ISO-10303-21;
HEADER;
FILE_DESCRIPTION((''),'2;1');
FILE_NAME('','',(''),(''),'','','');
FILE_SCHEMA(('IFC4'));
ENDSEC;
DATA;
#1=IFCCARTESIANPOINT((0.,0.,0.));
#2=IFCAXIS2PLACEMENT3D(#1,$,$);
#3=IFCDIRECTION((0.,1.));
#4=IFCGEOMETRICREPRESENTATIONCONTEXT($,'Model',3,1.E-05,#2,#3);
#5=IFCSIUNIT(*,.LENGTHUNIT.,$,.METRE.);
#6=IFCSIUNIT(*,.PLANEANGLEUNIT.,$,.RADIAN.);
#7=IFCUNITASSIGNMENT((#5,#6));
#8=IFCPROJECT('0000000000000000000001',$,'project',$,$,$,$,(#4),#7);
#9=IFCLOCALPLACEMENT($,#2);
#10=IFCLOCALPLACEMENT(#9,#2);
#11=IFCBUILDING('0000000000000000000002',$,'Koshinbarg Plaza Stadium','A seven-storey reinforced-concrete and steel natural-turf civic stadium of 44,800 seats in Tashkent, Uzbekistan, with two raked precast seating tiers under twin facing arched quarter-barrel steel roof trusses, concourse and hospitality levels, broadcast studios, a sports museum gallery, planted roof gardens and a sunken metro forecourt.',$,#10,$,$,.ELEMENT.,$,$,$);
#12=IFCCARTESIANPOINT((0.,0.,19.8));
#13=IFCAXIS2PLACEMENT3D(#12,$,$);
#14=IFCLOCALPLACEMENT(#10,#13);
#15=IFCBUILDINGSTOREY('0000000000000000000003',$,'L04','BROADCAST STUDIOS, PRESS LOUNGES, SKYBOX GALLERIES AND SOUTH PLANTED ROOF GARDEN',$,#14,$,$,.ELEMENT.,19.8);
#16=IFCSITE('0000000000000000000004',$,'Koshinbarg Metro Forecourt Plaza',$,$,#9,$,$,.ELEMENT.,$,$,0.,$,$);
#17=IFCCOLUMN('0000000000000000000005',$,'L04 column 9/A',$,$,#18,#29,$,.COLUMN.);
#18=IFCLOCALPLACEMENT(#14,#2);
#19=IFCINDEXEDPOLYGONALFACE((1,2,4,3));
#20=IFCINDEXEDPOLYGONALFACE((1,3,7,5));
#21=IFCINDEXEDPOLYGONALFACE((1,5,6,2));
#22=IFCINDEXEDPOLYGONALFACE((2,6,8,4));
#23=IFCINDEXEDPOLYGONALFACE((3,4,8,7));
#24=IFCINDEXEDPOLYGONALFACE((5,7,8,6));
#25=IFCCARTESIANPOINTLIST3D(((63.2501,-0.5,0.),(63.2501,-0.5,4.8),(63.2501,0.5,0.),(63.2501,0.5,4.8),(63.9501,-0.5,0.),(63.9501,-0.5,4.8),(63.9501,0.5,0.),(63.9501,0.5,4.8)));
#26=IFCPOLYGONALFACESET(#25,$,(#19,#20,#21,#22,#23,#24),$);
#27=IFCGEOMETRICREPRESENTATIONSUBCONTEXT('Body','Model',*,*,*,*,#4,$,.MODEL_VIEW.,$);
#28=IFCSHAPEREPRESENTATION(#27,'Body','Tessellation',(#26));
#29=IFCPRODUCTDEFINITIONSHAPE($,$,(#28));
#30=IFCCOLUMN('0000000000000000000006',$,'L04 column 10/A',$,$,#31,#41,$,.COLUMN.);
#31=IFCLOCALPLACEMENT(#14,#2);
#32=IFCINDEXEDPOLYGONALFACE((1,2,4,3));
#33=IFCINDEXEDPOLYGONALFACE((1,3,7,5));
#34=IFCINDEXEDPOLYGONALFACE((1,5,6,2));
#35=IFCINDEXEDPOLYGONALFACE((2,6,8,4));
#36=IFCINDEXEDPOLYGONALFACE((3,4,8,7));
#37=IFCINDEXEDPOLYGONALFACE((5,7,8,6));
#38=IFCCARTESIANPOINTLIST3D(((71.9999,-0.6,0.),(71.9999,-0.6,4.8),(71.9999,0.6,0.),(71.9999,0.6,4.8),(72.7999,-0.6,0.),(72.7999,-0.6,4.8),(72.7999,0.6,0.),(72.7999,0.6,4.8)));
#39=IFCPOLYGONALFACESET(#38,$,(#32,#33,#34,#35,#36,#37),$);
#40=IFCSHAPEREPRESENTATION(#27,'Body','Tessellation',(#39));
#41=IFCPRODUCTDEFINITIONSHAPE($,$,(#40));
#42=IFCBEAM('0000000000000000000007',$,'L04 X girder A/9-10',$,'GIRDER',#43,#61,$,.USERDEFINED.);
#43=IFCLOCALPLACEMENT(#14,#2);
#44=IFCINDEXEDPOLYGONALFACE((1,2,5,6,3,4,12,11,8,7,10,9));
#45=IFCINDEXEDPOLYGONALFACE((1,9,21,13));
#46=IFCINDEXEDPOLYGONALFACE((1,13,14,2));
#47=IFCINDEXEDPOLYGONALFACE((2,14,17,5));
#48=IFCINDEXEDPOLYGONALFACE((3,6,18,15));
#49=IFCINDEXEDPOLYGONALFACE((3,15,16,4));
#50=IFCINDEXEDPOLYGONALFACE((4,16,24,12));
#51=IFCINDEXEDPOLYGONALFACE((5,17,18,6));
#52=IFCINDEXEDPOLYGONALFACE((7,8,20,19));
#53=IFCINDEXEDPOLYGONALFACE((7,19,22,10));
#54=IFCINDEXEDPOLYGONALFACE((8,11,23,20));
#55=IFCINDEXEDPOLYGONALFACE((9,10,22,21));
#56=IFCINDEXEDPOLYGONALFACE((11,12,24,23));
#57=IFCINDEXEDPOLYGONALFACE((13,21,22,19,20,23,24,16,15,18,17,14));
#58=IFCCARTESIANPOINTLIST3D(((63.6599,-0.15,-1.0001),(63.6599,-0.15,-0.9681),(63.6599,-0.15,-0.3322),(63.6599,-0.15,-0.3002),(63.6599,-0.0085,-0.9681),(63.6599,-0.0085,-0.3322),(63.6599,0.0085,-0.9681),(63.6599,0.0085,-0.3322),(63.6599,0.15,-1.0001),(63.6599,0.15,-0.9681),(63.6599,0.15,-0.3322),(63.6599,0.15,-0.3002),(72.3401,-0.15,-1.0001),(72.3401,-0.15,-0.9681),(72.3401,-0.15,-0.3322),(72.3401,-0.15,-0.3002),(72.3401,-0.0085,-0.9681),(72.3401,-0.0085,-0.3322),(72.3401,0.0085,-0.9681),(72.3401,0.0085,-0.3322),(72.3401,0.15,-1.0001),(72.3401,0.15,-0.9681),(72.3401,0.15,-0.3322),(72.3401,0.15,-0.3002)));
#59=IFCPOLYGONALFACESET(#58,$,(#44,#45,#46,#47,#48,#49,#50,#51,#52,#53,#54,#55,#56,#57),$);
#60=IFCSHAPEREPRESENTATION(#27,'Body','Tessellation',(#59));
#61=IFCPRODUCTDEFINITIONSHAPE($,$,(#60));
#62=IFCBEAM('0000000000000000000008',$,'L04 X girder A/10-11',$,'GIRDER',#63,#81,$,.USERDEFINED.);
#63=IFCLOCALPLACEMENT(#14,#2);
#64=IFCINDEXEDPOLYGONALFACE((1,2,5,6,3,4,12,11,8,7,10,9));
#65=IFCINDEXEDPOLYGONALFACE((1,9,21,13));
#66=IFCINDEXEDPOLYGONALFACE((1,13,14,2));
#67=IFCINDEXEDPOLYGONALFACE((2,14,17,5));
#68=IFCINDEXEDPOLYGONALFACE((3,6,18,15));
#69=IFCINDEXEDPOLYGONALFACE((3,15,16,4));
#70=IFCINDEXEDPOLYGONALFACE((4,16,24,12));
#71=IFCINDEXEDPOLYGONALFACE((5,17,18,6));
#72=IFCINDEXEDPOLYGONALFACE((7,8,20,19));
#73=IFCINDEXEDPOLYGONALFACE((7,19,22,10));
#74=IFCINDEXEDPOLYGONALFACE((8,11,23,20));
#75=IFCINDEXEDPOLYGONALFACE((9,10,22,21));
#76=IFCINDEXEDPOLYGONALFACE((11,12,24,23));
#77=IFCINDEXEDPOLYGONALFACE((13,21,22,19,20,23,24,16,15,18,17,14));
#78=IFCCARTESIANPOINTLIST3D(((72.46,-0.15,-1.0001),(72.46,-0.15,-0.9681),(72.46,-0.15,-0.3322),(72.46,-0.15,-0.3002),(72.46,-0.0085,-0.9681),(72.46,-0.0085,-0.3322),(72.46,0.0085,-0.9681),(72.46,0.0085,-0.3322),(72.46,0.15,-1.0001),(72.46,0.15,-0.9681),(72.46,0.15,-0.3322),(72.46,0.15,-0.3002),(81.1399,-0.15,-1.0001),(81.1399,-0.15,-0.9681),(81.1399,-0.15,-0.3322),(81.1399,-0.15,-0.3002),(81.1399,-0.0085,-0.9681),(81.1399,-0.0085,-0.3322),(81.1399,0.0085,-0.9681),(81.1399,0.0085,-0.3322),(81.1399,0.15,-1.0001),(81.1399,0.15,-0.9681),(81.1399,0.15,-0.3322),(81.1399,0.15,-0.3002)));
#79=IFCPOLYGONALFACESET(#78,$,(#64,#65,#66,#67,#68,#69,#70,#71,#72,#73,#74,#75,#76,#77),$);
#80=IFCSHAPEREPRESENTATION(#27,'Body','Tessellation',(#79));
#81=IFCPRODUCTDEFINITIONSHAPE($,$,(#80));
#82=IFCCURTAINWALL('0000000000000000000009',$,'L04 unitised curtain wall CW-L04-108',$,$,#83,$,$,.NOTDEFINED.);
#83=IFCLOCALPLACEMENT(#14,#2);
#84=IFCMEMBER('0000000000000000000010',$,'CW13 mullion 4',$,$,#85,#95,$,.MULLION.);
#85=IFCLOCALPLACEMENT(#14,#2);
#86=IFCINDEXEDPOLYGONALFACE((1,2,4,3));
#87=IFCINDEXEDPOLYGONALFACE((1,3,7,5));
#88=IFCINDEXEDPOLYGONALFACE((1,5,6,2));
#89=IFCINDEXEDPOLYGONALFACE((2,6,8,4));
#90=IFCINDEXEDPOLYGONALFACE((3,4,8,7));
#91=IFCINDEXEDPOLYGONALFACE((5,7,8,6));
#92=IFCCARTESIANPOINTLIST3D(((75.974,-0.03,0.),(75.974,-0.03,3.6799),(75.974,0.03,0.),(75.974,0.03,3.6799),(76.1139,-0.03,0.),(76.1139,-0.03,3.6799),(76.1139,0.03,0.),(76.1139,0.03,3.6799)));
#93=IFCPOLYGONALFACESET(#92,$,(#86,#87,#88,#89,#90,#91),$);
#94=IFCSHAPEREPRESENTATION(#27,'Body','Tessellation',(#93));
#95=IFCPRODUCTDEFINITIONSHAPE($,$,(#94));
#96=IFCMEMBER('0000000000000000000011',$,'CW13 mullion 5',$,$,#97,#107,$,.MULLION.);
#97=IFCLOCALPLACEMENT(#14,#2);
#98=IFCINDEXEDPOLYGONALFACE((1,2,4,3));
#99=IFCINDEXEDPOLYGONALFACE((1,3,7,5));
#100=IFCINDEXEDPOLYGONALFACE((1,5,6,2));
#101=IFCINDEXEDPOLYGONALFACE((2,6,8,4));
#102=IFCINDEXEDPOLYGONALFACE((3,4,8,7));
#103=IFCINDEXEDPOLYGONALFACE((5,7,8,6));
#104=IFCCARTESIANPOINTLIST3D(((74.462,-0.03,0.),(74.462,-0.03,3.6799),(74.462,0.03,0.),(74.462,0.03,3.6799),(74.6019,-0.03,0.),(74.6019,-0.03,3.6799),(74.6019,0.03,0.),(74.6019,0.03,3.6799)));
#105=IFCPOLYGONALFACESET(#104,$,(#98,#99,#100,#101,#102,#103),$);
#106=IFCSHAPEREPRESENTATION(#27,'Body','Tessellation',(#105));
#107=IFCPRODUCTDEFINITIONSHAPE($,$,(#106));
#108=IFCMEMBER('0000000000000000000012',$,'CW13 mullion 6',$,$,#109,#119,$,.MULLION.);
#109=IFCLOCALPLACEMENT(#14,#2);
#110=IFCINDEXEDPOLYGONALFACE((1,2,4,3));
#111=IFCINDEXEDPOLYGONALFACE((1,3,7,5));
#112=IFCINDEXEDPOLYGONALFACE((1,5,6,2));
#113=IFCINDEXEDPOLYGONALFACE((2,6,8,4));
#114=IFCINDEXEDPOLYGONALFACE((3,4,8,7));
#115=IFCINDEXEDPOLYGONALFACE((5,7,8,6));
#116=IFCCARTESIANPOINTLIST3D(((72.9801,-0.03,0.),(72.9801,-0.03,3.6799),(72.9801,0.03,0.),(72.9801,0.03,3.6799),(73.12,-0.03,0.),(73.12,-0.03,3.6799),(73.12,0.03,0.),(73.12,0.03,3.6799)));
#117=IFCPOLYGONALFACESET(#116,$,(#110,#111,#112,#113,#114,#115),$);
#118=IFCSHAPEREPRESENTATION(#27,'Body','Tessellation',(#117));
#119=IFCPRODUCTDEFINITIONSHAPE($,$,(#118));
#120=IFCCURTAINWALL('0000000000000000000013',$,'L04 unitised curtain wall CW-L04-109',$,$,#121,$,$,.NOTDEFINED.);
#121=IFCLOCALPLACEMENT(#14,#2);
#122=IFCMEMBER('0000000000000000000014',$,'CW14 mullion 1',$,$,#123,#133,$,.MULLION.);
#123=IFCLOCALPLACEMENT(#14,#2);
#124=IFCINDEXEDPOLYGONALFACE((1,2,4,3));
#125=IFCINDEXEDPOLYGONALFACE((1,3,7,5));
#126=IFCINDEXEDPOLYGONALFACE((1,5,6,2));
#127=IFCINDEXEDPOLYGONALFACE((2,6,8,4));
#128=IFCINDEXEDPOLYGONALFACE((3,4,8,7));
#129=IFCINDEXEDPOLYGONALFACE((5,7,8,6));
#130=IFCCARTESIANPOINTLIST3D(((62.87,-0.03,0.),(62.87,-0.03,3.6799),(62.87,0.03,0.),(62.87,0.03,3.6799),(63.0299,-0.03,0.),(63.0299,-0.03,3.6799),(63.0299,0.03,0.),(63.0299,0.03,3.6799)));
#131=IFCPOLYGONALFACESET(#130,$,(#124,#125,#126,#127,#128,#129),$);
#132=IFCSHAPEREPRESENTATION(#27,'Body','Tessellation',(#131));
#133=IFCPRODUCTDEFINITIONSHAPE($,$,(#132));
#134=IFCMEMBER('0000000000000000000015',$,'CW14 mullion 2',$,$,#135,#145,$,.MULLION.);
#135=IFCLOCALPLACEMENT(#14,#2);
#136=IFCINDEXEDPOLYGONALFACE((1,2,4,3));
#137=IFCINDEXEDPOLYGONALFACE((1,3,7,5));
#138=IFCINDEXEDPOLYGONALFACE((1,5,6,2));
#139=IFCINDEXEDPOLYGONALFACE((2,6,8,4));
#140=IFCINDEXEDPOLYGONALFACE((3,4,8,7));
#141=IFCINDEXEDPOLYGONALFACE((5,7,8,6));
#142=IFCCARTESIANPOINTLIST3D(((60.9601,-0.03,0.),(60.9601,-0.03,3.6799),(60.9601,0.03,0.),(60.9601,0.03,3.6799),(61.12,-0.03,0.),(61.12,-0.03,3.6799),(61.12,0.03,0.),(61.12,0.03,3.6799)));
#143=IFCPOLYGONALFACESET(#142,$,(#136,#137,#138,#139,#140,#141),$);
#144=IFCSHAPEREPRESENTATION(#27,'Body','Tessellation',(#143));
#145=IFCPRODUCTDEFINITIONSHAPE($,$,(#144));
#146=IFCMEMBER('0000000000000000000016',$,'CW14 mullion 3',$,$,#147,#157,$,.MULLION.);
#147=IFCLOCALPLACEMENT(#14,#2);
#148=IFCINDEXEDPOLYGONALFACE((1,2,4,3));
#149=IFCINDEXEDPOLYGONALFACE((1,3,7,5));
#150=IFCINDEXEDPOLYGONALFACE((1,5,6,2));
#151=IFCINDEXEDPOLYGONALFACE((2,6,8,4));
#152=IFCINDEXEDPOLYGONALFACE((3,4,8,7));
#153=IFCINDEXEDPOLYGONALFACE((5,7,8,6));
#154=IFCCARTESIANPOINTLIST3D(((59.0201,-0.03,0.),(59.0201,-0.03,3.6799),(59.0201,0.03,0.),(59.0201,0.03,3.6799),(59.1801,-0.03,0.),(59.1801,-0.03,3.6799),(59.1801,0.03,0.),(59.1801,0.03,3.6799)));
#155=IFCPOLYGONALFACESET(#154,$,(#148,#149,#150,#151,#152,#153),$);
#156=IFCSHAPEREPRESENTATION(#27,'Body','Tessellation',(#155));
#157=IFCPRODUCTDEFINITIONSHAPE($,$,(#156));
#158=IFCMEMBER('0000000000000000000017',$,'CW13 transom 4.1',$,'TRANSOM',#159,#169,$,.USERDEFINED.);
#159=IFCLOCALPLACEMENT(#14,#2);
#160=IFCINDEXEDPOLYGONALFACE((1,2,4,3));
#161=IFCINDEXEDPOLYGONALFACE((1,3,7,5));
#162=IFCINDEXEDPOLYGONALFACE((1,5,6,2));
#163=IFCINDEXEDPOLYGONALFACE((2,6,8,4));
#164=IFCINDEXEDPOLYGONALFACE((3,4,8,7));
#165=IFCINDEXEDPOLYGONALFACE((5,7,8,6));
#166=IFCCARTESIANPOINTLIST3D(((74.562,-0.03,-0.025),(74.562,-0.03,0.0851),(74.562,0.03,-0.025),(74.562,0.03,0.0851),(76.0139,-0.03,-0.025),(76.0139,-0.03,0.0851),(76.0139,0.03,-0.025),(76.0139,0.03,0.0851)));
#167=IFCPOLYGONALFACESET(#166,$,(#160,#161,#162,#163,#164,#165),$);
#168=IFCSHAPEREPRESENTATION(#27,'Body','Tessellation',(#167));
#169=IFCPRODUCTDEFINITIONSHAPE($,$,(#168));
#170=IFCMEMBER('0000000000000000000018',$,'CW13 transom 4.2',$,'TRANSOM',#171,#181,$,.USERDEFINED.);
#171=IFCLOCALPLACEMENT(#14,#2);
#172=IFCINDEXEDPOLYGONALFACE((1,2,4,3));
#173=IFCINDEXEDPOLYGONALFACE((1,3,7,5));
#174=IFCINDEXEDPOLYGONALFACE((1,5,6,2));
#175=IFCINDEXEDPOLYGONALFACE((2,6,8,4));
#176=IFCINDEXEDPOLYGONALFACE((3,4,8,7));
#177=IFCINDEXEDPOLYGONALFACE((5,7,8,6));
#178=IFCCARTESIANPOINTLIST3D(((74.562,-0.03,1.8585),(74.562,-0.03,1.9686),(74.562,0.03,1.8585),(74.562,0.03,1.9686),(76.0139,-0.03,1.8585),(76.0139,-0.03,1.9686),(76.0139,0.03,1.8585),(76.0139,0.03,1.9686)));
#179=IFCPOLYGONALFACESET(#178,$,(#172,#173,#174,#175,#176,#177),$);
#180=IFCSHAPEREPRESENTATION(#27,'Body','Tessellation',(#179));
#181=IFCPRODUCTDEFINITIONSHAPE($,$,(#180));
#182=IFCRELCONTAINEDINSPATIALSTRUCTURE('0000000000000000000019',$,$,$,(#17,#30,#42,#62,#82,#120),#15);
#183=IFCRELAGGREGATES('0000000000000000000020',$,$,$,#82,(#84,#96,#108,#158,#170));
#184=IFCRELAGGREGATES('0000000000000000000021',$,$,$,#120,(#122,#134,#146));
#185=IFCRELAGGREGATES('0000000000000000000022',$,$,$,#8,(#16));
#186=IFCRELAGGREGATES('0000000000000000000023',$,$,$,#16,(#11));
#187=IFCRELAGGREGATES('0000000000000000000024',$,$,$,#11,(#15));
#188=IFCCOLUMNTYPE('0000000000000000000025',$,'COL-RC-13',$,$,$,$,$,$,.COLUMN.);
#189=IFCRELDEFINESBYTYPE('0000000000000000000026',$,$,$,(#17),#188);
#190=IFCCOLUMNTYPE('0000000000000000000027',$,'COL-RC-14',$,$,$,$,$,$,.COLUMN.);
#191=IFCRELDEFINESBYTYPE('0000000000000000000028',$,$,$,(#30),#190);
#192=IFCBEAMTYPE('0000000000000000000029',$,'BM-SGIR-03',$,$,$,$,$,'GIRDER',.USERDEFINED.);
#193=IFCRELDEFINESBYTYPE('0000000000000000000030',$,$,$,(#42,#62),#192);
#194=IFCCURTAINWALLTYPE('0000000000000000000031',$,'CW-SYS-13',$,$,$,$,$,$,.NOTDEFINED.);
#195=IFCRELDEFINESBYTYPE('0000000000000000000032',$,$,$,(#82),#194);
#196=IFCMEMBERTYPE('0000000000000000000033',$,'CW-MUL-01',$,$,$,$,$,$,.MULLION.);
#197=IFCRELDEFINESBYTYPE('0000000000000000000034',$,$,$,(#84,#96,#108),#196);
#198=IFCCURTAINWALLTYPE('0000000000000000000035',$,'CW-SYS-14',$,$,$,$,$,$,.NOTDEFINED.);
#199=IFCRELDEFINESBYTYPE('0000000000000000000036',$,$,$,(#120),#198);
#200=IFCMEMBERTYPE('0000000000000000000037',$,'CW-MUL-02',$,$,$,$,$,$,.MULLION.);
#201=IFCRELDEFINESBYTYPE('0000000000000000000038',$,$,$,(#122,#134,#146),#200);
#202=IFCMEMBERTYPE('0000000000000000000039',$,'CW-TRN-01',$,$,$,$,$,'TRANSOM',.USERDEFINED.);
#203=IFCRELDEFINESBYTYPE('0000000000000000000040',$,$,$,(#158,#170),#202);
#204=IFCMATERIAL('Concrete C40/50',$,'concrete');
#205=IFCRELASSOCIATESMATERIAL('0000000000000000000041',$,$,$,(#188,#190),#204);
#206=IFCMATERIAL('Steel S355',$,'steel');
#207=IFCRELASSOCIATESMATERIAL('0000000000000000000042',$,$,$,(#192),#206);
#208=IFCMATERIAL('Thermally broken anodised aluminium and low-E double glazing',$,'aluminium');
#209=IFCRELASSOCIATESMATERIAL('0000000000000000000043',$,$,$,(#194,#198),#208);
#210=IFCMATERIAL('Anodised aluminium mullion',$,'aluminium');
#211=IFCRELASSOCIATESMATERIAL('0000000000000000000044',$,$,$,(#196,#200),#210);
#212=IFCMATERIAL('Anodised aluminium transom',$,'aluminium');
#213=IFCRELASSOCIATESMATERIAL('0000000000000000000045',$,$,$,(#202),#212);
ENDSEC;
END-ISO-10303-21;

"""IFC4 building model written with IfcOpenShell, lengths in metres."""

from ifc_helpers import new_model, si_unit, direction, frame, origin, origin_2d, place, context, subcontext, project, spatial, rectangle, i_section, extrude, material, material_profile, profile_set, type_object, element, aggregate, save


model = new_model("IFC4")

# Units and contexts
model_context = context("Model", 3, precision=1e-05, world=origin(), true_north=direction((0.0, 1.0)))
body_context = subcontext(model_context, "Body", "Model", "MODEL_VIEW")
ifc_project = project(units=[si_unit("LENGTHUNIT", "METRE"), si_unit("PLANEANGLEUNIT", "RADIAN")], contexts=[model_context])

# Site, building, storey
site_placement = place(None, origin())
site = spatial("IfcSite", under=ifc_project, at=site_placement, Name="Koshinbarg Metro Forecourt Plaza", CompositionType="ELEMENT", RefElevation=0.0)
building_placement = place(site_placement, origin())
building = spatial("IfcBuilding", under=site, at=building_placement, Name="Koshinbarg Plaza Stadium", Description="A seven-storey reinforced-concrete and steel natural-turf civic stadium of 44,800 seats in Tashkent, Uzbekistan, with two raked precast seating tiers under twin facing arched quarter-barrel steel roof trusses, concourse and hospitality levels, broadcast studios, a sports museum gallery, planted roof gardens and a sunken metro forecourt.", CompositionType="ELEMENT")
storey_placement = place(building_placement, frame((0.0, 0.0, 19.8)))
storey = spatial("IfcBuildingStorey", under=building, at=storey_placement, Name="L04", Description="BROADCAST STUDIOS, PRESS LOUNGES, SKYBOX GALLERIES AND SOUTH PLANTED ROOF GARDEN", CompositionType="ELEMENT", Elevation=19.8)

# Columns
ifc_material_1 = material(Name="Concrete C40/50", Category="concrete")
ifc_material_profile_1 = material_profile(ifc_material_1, rectangle(XDim=0.7, YDim=1.0, at=origin_2d()), Name="RC 700x1000")
ifc_profile_set_1 = profile_set([ifc_material_profile_1], Name="Concrete C40/50")
column_type_1 = type_object("IfcColumnType", Name="COL-RC-13", PredefinedType="COLUMN", material=ifc_profile_set_1)
column_1_placement = place(storey_placement, frame((63.6001, 0.0, 0.0), z_axis=(0.0, 0.0, 1.0), x_axis=(1.0, 0.0, 0.0)))
element("IfcColumn", 1, at=column_1_placement, inside=storey, type_object=column_type_1, Name="L04 column 9/A", PredefinedType="COLUMN", context=body_context, shape_type="SweptSolid", body=[
    extrude(rectangle(XDim=0.7, YDim=1.0, at=origin_2d()), origin(), (0.0, 0.0, 1.0), 4.8),
])
ifc_material_profile_2 = material_profile(ifc_material_1, rectangle(XDim=0.8, YDim=1.2, at=origin_2d()), Name="RC 800x1200")
ifc_profile_set_2 = profile_set([ifc_material_profile_2], Name="Concrete C40/50")
column_type_2 = type_object("IfcColumnType", Name="COL-RC-14", PredefinedType="COLUMN", material=ifc_profile_set_2)
column_2_placement = place(storey_placement, frame((72.3999, 0.0, 0.0), z_axis=(0.0, 0.0, 1.0), x_axis=(1.0, 0.0, 0.0)))
element("IfcColumn", 2, at=column_2_placement, inside=storey, type_object=column_type_2, Name="L04 column 10/A", PredefinedType="COLUMN", context=body_context, shape_type="SweptSolid", body=[
    extrude(rectangle(XDim=0.8, YDim=1.2, at=origin_2d()), origin(), (0.0, 0.0, 1.0), 4.8),
])

# Beams
ifc_material_2 = material(Name="Steel S355", Category="steel")
ifc_material_profile_3 = material_profile(ifc_material_2, i_section(OverallWidth=0.3, OverallDepth=0.7, WebThickness=0.0171, FlangeThickness=0.032, at=origin_2d()), Name="HEB 700")
ifc_profile_set_3 = profile_set([ifc_material_profile_3], Name="Steel S355")
beam_type = type_object("IfcBeamType", Name="BM-SGIR-03", ElementType="GIRDER", PredefinedType="USERDEFINED", material=ifc_profile_set_3)
beam_1_placement = place(storey_placement, frame((63.6599, 0.0, -0.6501), z_axis=(1.0, 0.0, 0.0), x_axis=(0.0, 1.0, 0.0)))
element("IfcBeam", 3, at=beam_1_placement, inside=storey, type_object=beam_type, Name="L04 X girder A/9-10", ObjectType="GIRDER", PredefinedType="USERDEFINED", context=body_context, shape_type="SweptSolid", body=[
    extrude(i_section(OverallWidth=0.3, OverallDepth=0.7, WebThickness=0.0171, FlangeThickness=0.032, at=origin_2d()), origin(), (0.0, 0.0, 1.0), 8.6802),
])
beam_2_placement = place(storey_placement, frame((72.46, 0.0, -0.6501), z_axis=(1.0, 0.0, 0.0), x_axis=(0.0, 1.0, 0.0)))
element("IfcBeam", 4, at=beam_2_placement, inside=storey, type_object=beam_type, Name="L04 X girder A/10-11", ObjectType="GIRDER", PredefinedType="USERDEFINED", context=body_context, shape_type="SweptSolid", body=[
    extrude(i_section(OverallWidth=0.3, OverallDepth=0.7, WebThickness=0.0171, FlangeThickness=0.032, at=origin_2d()), origin(), (0.0, 0.0, 1.0), 8.6799),
])

# Curtain walls, members
ifc_material_3 = material(Name="Thermally broken anodised aluminium and low-E double glazing", Category="aluminium")
curtain_wall_type_1 = type_object("IfcCurtainWallType", Name="CW-SYS-13", PredefinedType="NOTDEFINED", material=ifc_material_3)
curtain_wall_1_placement = place(storey_placement, origin())
curtain_wall_1 = element("IfcCurtainWall", 5, at=curtain_wall_1_placement, inside=storey, type_object=curtain_wall_type_1, Name="L04 unitised curtain wall CW-L04-108", PredefinedType="NOTDEFINED")
ifc_material_4 = material(Name="Anodised aluminium mullion", Category="aluminium")
ifc_material_profile_4 = material_profile(ifc_material_4, rectangle(XDim=0.0601, YDim=0.1399, at=origin_2d()), Name="ALU 60x140")
ifc_profile_set_4 = profile_set([ifc_material_profile_4], Name="Anodised aluminium mullion")
member_type_1 = type_object("IfcMemberType", Name="CW-MUL-01", PredefinedType="MULLION", material=ifc_profile_set_4)
member_1_placement = place(storey_placement, frame((76.0439, 0.0, 0.0), z_axis=(0.0, 0.0, 1.0), x_axis=(0.0, -1.0, 0.0)))
member_1 = element("IfcMember", 6, at=member_1_placement, type_object=member_type_1, Name="CW13 mullion 4", PredefinedType="MULLION", context=body_context, shape_type="SweptSolid", body=[
    extrude(rectangle(XDim=0.0601, YDim=0.1399, at=origin_2d()), origin(), (0.0, 0.0, 1.0), 3.6799),
])
member_2_placement = place(storey_placement, frame((74.532, 0.0, 0.0), z_axis=(0.0, 0.0, 1.0), x_axis=(0.0, -1.0, 0.0)))
member_2 = element("IfcMember", 7, at=member_2_placement, type_object=member_type_1, Name="CW13 mullion 5", PredefinedType="MULLION", context=body_context, shape_type="SweptSolid", body=[
    extrude(rectangle(XDim=0.0601, YDim=0.1399, at=origin_2d()), origin(), (0.0, 0.0, 1.0), 3.6799),
])
member_3_placement = place(storey_placement, frame((73.05, 0.0, 0.0), z_axis=(0.0, 0.0, 1.0), x_axis=(0.0, -1.0, 0.0)))
member_3 = element("IfcMember", 8, at=member_3_placement, type_object=member_type_1, Name="CW13 mullion 6", PredefinedType="MULLION", context=body_context, shape_type="SweptSolid", body=[
    extrude(rectangle(XDim=0.0601, YDim=0.1399, at=origin_2d()), origin(), (0.0, 0.0, 1.0), 3.6799),
])
curtain_wall_type_2 = type_object("IfcCurtainWallType", Name="CW-SYS-14", PredefinedType="NOTDEFINED", material=ifc_material_3)
curtain_wall_2_placement = place(storey_placement, origin())
curtain_wall_2 = element("IfcCurtainWall", 9, at=curtain_wall_2_placement, inside=storey, type_object=curtain_wall_type_2, Name="L04 unitised curtain wall CW-L04-109", PredefinedType="NOTDEFINED")
ifc_material_profile_5 = material_profile(ifc_material_4, rectangle(XDim=0.0601, YDim=0.1599, at=origin_2d()), Name="ALU 60x160")
ifc_profile_set_5 = profile_set([ifc_material_profile_5], Name="Anodised aluminium mullion")
member_type_2 = type_object("IfcMemberType", Name="CW-MUL-02", PredefinedType="MULLION", material=ifc_profile_set_5)
member_4_placement = place(storey_placement, frame((62.95, 0.0, 0.0), z_axis=(0.0, 0.0, 1.0), x_axis=(0.0, -1.0, 0.0)))
member_4 = element("IfcMember", 10, at=member_4_placement, type_object=member_type_2, Name="CW14 mullion 1", PredefinedType="MULLION", context=body_context, shape_type="SweptSolid", body=[
    extrude(rectangle(XDim=0.0601, YDim=0.1599, at=origin_2d()), origin(), (0.0, 0.0, 1.0), 3.6799),
])
member_5_placement = place(storey_placement, frame((61.04, 0.0, 0.0), z_axis=(0.0, 0.0, 1.0), x_axis=(0.0, -1.0, 0.0)))
member_5 = element("IfcMember", 11, at=member_5_placement, type_object=member_type_2, Name="CW14 mullion 2", PredefinedType="MULLION", context=body_context, shape_type="SweptSolid", body=[
    extrude(rectangle(XDim=0.0601, YDim=0.1599, at=origin_2d()), origin(), (0.0, 0.0, 1.0), 3.6799),
])
member_6_placement = place(storey_placement, frame((59.1001, 0.0, 0.0), z_axis=(0.0, 0.0, 1.0), x_axis=(0.0, -1.0, 0.0)))
member_6 = element("IfcMember", 12, at=member_6_placement, type_object=member_type_2, Name="CW14 mullion 3", PredefinedType="MULLION", context=body_context, shape_type="SweptSolid", body=[
    extrude(rectangle(XDim=0.0601, YDim=0.1599, at=origin_2d()), origin(), (0.0, 0.0, 1.0), 3.6799),
])

# Members
ifc_material_5 = material(Name="Anodised aluminium transom", Category="aluminium")
ifc_material_profile_6 = material_profile(ifc_material_5, rectangle(XDim=0.0601, YDim=0.1101, at=origin_2d()), Name="ALU 60x110")
ifc_profile_set_6 = profile_set([ifc_material_profile_6], Name="Anodised aluminium transom")
member_type_3 = type_object("IfcMemberType", Name="CW-TRN-01", ElementType="TRANSOM", PredefinedType="USERDEFINED", material=ifc_profile_set_6)
member_7_placement = place(storey_placement, frame((76.0139, 0.0, 0.03), z_axis=(-1.0, 0.0, 0.0), x_axis=(0.0, -1.0, 0.0)))
member_7 = element("IfcMember", 13, at=member_7_placement, type_object=member_type_3, Name="CW13 transom 4.1", ObjectType="TRANSOM", PredefinedType="USERDEFINED", context=body_context, shape_type="SweptSolid", body=[
    extrude(rectangle(XDim=0.0601, YDim=0.1101, at=origin_2d()), origin(), (0.0, 0.0, 1.0), 1.4519),
])
member_8_placement = place(storey_placement, frame((76.0139, 0.0, 1.9136), z_axis=(-1.0, 0.0, 0.0), x_axis=(0.0, -1.0, 0.0)))
member_8 = element("IfcMember", 14, at=member_8_placement, type_object=member_type_3, Name="CW13 transom 4.2", ObjectType="TRANSOM", PredefinedType="USERDEFINED", context=body_context, shape_type="SweptSolid", body=[
    extrude(rectangle(XDim=0.0601, YDim=0.1101, at=origin_2d()), origin(), (0.0, 0.0, 1.0), 1.4519),
])

aggregate(curtain_wall_1, [member_1, member_2, member_3, member_7, member_8])
aggregate(curtain_wall_2, [member_4, member_5, member_6])

save(model, "model.ifc")
